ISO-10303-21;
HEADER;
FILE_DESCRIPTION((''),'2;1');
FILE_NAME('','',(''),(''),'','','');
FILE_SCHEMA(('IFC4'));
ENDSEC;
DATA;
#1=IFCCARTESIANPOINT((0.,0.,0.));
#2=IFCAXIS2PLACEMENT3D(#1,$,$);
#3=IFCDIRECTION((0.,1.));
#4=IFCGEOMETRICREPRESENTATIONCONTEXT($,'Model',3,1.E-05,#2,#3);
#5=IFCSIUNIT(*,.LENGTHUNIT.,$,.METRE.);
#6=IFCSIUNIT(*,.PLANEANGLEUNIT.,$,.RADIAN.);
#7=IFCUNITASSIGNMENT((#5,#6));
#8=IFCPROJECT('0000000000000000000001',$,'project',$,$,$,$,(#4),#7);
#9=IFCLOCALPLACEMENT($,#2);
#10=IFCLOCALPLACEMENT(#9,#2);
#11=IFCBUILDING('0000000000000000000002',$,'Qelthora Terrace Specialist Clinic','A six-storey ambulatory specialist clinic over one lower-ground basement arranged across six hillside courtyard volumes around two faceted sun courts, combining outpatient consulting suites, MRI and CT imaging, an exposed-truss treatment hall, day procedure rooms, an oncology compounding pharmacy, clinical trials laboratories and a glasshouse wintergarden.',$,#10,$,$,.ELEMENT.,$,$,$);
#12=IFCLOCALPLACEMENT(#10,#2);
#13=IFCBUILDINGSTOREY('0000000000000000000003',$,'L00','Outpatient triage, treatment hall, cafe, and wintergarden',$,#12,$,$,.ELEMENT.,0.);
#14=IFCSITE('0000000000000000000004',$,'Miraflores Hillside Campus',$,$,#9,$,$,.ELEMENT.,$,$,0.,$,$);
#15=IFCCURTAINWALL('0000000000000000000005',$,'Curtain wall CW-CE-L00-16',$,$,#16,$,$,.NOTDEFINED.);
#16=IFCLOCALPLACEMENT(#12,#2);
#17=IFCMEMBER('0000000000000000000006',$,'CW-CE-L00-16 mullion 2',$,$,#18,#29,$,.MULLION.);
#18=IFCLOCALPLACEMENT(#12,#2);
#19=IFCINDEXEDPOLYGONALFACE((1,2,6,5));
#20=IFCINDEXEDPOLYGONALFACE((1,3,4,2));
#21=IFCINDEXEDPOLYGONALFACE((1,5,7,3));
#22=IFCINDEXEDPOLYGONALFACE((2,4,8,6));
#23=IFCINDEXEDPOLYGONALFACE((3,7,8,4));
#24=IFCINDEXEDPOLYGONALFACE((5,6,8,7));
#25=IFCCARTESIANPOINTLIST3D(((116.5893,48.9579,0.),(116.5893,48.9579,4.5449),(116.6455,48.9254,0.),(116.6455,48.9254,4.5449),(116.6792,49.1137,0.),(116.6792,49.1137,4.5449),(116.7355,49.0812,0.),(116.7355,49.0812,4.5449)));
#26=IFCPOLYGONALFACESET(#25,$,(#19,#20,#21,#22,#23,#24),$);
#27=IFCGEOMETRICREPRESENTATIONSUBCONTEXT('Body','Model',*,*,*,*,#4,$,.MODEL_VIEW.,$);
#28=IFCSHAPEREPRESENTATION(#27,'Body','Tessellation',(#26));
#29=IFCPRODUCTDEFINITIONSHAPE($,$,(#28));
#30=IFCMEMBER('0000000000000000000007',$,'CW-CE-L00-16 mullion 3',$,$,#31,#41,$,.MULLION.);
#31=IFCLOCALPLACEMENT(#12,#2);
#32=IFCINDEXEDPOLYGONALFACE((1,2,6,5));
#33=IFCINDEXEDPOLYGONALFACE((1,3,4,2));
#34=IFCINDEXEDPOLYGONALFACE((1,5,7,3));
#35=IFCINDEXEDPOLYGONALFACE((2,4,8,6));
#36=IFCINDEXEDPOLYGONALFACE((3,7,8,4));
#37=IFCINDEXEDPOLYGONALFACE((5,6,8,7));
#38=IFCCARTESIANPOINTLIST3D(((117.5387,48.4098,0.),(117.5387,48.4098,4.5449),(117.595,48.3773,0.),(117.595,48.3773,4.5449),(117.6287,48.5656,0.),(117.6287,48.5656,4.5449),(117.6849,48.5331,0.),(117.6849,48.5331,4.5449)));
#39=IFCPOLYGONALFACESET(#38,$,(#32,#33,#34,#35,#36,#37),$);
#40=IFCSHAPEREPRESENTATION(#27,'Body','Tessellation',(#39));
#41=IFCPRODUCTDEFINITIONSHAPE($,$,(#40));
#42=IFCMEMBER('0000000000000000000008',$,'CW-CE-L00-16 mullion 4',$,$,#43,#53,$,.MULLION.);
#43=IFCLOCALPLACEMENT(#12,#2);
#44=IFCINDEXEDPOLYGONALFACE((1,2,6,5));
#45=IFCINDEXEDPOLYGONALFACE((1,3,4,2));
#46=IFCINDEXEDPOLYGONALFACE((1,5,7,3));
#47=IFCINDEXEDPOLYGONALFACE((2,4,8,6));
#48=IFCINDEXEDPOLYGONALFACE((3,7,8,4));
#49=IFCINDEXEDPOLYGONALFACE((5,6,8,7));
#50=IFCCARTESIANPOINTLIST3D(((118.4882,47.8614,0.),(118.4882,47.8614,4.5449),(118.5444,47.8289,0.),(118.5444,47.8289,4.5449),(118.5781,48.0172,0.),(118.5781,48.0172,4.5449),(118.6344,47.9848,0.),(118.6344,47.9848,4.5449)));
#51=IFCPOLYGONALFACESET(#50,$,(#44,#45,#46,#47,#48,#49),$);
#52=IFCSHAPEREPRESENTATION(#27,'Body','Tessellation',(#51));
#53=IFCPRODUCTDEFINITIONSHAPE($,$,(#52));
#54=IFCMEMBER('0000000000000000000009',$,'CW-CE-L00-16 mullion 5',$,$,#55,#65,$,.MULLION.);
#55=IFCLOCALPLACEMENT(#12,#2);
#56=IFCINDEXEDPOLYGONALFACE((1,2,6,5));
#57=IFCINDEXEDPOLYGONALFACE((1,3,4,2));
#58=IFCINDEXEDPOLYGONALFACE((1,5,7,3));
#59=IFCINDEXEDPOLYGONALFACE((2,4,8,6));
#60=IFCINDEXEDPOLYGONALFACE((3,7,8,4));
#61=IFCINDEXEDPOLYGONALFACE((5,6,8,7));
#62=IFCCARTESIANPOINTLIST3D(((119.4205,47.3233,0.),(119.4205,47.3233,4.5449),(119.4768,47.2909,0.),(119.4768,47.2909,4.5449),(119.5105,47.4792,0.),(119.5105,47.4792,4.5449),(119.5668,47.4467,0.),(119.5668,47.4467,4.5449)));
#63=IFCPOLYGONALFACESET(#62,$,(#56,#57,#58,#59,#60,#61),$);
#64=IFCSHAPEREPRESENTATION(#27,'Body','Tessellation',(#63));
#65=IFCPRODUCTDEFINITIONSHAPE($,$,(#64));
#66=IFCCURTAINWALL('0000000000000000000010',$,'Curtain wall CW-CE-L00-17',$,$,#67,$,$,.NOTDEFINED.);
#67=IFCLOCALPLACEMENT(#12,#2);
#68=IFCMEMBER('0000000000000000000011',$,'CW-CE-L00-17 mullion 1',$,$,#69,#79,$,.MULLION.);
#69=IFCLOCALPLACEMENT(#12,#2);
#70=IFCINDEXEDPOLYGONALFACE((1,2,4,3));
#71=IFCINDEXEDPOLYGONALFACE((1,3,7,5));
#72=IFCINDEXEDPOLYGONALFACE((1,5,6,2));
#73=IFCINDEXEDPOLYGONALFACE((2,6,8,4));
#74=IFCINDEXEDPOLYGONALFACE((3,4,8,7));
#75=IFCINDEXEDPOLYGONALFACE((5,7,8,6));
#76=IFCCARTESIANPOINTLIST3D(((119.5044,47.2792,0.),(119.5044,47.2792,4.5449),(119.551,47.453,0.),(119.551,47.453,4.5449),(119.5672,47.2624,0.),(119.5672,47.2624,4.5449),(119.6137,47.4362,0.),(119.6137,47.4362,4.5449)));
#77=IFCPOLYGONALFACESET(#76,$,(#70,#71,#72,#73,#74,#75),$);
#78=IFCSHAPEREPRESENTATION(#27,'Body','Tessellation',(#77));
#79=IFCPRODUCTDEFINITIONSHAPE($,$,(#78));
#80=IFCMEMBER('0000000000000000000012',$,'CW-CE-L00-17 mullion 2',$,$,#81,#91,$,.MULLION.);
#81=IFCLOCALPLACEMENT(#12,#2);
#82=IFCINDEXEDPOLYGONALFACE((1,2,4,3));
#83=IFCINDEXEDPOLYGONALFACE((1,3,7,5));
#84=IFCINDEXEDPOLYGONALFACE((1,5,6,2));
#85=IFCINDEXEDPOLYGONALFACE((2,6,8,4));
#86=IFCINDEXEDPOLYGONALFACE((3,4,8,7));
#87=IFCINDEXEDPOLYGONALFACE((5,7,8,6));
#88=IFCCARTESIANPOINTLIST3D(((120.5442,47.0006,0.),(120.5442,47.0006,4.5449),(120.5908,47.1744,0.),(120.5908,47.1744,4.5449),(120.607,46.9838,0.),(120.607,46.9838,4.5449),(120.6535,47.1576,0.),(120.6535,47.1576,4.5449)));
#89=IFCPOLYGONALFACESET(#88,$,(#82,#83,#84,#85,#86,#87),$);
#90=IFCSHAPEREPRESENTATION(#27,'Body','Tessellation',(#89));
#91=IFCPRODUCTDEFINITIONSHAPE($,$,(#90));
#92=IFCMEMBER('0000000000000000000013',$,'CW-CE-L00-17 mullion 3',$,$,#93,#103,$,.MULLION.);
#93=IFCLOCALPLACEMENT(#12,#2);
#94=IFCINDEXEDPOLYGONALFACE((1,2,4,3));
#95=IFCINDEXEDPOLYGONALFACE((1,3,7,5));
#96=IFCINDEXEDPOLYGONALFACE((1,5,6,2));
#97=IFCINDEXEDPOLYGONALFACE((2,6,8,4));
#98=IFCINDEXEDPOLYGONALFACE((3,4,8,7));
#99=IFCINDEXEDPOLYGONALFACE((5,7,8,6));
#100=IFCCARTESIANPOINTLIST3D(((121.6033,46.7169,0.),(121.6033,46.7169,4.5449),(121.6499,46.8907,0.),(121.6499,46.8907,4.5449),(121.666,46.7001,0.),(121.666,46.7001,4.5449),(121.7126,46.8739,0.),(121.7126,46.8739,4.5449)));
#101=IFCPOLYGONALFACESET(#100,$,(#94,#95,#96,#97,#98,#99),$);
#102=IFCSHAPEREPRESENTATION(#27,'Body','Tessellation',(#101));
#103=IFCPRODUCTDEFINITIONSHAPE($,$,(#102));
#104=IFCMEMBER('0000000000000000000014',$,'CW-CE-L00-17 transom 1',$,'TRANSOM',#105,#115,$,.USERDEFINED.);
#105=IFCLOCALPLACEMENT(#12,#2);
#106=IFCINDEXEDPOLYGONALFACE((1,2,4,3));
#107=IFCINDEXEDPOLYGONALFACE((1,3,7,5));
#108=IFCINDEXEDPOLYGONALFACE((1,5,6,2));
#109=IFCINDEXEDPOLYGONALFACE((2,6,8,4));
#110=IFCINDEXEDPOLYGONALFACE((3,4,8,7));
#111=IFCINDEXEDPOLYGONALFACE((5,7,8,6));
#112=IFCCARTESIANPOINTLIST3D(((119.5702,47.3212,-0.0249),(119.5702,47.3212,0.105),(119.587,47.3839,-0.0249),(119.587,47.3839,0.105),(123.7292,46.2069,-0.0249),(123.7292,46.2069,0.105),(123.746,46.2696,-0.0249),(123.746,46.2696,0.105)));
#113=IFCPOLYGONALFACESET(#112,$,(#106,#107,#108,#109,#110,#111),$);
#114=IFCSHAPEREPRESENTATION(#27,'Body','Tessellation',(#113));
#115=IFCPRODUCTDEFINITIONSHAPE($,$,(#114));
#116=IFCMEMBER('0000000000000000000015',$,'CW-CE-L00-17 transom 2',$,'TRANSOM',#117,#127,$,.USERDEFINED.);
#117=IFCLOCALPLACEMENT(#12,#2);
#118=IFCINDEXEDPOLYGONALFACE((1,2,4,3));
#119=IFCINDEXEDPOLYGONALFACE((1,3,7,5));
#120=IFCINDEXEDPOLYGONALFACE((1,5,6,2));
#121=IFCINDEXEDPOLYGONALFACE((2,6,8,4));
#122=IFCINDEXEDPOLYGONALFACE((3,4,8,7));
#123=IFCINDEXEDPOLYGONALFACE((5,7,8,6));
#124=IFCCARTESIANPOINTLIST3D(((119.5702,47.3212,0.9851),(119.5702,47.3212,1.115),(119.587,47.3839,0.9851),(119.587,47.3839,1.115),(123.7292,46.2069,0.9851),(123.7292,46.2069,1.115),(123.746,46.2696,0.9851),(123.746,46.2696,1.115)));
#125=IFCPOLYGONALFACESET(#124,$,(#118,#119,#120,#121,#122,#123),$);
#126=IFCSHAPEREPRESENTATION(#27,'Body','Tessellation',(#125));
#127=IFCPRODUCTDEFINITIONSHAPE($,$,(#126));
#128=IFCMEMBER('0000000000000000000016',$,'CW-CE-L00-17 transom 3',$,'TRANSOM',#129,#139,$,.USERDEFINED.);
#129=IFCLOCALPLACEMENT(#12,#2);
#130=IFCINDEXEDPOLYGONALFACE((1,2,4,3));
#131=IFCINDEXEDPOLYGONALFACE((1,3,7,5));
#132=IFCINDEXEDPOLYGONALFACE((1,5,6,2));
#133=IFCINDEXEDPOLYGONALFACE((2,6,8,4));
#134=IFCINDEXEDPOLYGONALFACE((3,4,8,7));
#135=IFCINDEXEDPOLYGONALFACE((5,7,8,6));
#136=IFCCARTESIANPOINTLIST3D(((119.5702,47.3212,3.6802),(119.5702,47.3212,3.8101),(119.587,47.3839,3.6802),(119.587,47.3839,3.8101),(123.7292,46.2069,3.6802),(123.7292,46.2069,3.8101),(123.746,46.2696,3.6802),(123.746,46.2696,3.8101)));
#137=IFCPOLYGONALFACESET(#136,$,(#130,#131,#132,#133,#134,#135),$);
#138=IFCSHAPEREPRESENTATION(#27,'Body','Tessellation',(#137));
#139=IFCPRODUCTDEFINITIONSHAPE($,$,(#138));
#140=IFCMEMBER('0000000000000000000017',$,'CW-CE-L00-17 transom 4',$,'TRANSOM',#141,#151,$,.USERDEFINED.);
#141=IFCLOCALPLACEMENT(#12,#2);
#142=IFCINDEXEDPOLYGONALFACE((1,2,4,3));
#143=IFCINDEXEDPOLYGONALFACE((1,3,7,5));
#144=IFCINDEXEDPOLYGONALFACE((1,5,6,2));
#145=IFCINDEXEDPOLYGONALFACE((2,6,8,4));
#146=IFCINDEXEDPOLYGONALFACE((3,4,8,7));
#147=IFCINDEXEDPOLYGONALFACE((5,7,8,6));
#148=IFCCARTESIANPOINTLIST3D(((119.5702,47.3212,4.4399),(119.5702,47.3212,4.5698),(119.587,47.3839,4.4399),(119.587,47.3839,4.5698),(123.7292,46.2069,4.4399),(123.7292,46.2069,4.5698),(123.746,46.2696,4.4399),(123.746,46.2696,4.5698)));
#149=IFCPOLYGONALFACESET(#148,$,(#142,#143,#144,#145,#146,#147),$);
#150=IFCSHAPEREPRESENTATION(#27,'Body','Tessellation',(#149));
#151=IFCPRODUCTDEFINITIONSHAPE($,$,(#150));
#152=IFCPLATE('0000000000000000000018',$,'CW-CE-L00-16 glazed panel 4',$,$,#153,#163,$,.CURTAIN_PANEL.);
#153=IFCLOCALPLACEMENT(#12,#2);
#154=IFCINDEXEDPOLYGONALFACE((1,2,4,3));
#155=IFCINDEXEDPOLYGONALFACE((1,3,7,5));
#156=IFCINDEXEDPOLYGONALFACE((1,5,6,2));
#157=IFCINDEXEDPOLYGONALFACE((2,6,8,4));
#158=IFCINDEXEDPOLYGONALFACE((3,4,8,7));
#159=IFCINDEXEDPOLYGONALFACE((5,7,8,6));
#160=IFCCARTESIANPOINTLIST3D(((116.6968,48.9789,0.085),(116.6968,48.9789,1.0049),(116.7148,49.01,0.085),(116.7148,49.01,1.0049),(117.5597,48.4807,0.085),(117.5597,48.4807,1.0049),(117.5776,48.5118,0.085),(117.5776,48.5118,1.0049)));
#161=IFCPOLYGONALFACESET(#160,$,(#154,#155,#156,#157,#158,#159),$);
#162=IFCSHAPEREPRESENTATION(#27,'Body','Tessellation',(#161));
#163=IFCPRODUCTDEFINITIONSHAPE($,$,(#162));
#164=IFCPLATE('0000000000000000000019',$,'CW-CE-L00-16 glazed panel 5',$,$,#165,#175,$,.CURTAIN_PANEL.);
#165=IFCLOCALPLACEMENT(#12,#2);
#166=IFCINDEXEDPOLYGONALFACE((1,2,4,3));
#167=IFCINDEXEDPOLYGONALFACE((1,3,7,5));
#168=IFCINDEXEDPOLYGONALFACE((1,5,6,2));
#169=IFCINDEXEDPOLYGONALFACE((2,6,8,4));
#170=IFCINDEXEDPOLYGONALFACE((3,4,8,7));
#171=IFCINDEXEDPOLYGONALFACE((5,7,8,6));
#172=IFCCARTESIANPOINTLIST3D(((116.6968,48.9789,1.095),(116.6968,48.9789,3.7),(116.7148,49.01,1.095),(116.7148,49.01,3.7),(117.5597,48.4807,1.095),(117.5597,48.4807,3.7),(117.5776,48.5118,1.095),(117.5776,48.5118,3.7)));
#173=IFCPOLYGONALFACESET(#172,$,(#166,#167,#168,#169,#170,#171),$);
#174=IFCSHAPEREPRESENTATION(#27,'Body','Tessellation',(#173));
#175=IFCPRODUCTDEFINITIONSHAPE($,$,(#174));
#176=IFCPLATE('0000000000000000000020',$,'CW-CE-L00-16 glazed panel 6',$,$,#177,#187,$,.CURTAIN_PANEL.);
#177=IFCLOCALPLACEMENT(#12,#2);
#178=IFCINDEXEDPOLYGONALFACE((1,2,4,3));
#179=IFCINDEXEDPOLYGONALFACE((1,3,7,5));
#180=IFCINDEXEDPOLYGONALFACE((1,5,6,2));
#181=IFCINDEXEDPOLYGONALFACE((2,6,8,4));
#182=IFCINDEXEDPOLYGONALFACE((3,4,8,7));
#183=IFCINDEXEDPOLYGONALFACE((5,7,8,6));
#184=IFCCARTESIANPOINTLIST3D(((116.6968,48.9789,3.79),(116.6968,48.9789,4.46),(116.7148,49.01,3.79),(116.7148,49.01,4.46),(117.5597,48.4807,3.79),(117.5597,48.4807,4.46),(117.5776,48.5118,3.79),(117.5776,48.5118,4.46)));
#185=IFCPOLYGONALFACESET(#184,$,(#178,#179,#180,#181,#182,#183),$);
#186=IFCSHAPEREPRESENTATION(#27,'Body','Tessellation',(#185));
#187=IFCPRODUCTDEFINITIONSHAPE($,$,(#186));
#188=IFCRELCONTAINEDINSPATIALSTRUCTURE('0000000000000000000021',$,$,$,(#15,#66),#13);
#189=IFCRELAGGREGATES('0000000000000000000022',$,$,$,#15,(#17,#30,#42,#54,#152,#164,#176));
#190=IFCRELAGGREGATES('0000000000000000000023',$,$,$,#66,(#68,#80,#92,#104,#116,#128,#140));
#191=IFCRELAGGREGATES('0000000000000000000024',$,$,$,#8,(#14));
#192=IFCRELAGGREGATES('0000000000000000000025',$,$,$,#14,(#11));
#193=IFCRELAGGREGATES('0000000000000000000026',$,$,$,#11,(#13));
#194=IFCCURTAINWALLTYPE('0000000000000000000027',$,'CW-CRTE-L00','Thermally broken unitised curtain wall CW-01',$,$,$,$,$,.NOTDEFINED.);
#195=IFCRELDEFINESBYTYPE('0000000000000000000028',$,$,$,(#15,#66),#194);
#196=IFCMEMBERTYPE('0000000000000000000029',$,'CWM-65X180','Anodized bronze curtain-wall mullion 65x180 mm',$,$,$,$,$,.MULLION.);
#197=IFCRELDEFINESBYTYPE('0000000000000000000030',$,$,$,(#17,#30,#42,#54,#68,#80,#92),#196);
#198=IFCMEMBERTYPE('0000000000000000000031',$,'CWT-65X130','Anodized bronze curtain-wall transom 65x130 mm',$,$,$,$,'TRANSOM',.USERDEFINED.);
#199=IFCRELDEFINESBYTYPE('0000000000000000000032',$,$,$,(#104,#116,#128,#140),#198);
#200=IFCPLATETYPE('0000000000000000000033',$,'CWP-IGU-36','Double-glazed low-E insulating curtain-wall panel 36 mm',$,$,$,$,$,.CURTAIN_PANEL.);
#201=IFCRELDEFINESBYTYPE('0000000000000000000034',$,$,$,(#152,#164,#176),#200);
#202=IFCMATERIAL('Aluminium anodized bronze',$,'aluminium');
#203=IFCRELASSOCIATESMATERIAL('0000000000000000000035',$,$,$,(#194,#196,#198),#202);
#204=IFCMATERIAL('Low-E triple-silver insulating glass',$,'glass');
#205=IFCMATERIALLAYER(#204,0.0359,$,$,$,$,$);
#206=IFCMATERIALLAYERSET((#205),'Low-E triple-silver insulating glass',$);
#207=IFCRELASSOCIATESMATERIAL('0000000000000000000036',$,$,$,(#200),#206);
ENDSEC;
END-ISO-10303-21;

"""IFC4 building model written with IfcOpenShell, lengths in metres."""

from ifc_helpers import new_model, si_unit, direction, frame, origin, origin_2d, place, context, subcontext, project, spatial, rectangle, extrude, material, layer, layer_set, material_profile, profile_set, type_object, element, aggregate, save


model = new_model("IFC4")

# Units and contexts
model_context = context("Model", 3, precision=1e-05, world=origin(), true_north=direction((0.0, 1.0)))
body_context = subcontext(model_context, "Body", "Model", "MODEL_VIEW")
ifc_project = project(units=[si_unit("LENGTHUNIT", "METRE"), si_unit("PLANEANGLEUNIT", "RADIAN")], contexts=[model_context])

# Site, building, storey
site_placement = place(None, origin())
site = spatial("IfcSite", under=ifc_project, at=site_placement, Name="Miraflores Hillside Campus", CompositionType="ELEMENT", RefElevation=0.0)
building_placement = place(site_placement, origin())
building = spatial("IfcBuilding", under=site, at=building_placement, Name="Qelthora Terrace Specialist Clinic", Description="A six-storey ambulatory specialist clinic over one lower-ground basement arranged across six hillside courtyard volumes around two faceted sun courts, combining outpatient consulting suites, MRI and CT imaging, an exposed-truss treatment hall, day procedure rooms, an oncology compounding pharmacy, clinical trials laboratories and a glasshouse wintergarden.", CompositionType="ELEMENT")
storey_placement = place(building_placement, origin())
storey = spatial("IfcBuildingStorey", under=building, at=storey_placement, Name="L00", Description="Outpatient triage, treatment hall, cafe, and wintergarden", CompositionType="ELEMENT", Elevation=0.0)

# Curtain walls, members
ifc_material_1 = material(Name="Aluminium anodized bronze", Category="aluminium")
curtain_wall_type = type_object("IfcCurtainWallType", Name="CW-CRTE-L00", Description="Thermally broken unitised curtain wall CW-01", PredefinedType="NOTDEFINED", material=ifc_material_1)
curtain_wall_1_placement = place(storey_placement, origin())
curtain_wall_1 = element("IfcCurtainWall", 1, at=curtain_wall_1_placement, inside=storey, type_object=curtain_wall_type, Name="Curtain wall CW-CE-L00-16", PredefinedType="NOTDEFINED")
ifc_material_profile_1 = material_profile(ifc_material_1, rectangle(XDim=0.0649, YDim=0.1799, at=origin_2d()), Name="CWM65X180")
ifc_profile_set_1 = profile_set([ifc_material_profile_1], Name="Aluminium anodized bronze")
member_type_1 = type_object("IfcMemberType", Name="CWM-65X180", Description="Anodized bronze curtain-wall mullion 65x180 mm", PredefinedType="MULLION", material=ifc_profile_set_1)
member_1_placement = place(storey_placement, frame((116.6624, 49.0195, 0.0), z_axis=(0.0, 0.0, 1.0), x_axis=(0.866025, -0.5, 0.0)))
member_1 = element("IfcMember", 2, at=member_1_placement, type_object=member_type_1, Name="CW-CE-L00-16 mullion 2", PredefinedType="MULLION", context=body_context, shape_type="SweptSolid", body=[
    extrude(rectangle(XDim=0.0649, YDim=0.1799, at=origin_2d()), origin(), (0.0, 0.0, 1.0), 4.5449),
])
member_2_placement = place(storey_placement, frame((117.6118, 48.4714, 0.0), z_axis=(0.0, 0.0, 1.0), x_axis=(0.866025, -0.5, 0.0)))
member_2 = element("IfcMember", 3, at=member_2_placement, type_object=member_type_1, Name="CW-CE-L00-16 mullion 3", PredefinedType="MULLION", context=body_context, shape_type="SweptSolid", body=[
    extrude(rectangle(XDim=0.0649, YDim=0.1799, at=origin_2d()), origin(), (0.0, 0.0, 1.0), 4.5449),
])
member_3_placement = place(storey_placement, frame((118.5613, 47.9231, 0.0), z_axis=(0.0, 0.0, 1.0), x_axis=(0.866025, -0.5, 0.0)))
member_3 = element("IfcMember", 4, at=member_3_placement, type_object=member_type_1, Name="CW-CE-L00-16 mullion 4", PredefinedType="MULLION", context=body_context, shape_type="SweptSolid", body=[
    extrude(rectangle(XDim=0.0649, YDim=0.1799, at=origin_2d()), origin(), (0.0, 0.0, 1.0), 4.5449),
])
member_4_placement = place(storey_placement, frame((119.4937, 47.385, 0.0), z_axis=(0.0, 0.0, 1.0), x_axis=(0.866025, -0.5, 0.0)))
member_4 = element("IfcMember", 5, at=member_4_placement, type_object=member_type_1, Name="CW-CE-L00-16 mullion 5", PredefinedType="MULLION", context=body_context, shape_type="SweptSolid", body=[
    extrude(rectangle(XDim=0.0649, YDim=0.1799, at=origin_2d()), origin(), (0.0, 0.0, 1.0), 4.5449),
])
curtain_wall_2_placement = place(storey_placement, origin())
curtain_wall_2 = element("IfcCurtainWall", 6, at=curtain_wall_2_placement, inside=storey, type_object=curtain_wall_type, Name="Curtain wall CW-CE-L00-17", PredefinedType="NOTDEFINED")
member_5_placement = place(storey_placement, frame((119.5591, 47.3577, 0.0), z_axis=(0.0, 0.0, 1.0), x_axis=(0.965926, -0.25882, 0.0)))
member_5 = element("IfcMember", 7, at=member_5_placement, type_object=member_type_1, Name="CW-CE-L00-17 mullion 1", PredefinedType="MULLION", context=body_context, shape_type="SweptSolid", body=[
    extrude(rectangle(XDim=0.0649, YDim=0.1799, at=origin_2d()), origin(), (0.0, 0.0, 1.0), 4.5449),
])
member_6_placement = place(storey_placement, frame((120.5989, 47.0791, 0.0), z_axis=(0.0, 0.0, 1.0), x_axis=(0.965926, -0.25882, 0.0)))
member_6 = element("IfcMember", 8, at=member_6_placement, type_object=member_type_1, Name="CW-CE-L00-17 mullion 2", PredefinedType="MULLION", context=body_context, shape_type="SweptSolid", body=[
    extrude(rectangle(XDim=0.0649, YDim=0.1799, at=origin_2d()), origin(), (0.0, 0.0, 1.0), 4.5449),
])
member_7_placement = place(storey_placement, frame((121.658, 46.7954, 0.0), z_axis=(0.0, 0.0, 1.0), x_axis=(0.965926, -0.25882, 0.0)))
member_7 = element("IfcMember", 9, at=member_7_placement, type_object=member_type_1, Name="CW-CE-L00-17 mullion 3", PredefinedType="MULLION", context=body_context, shape_type="SweptSolid", body=[
    extrude(rectangle(XDim=0.0649, YDim=0.1799, at=origin_2d()), origin(), (0.0, 0.0, 1.0), 4.5449),
])
ifc_material_profile_2 = material_profile(ifc_material_1, rectangle(XDim=0.0649, YDim=0.1299, at=origin_2d()), Name="CWT65X130")
ifc_profile_set_2 = profile_set([ifc_material_profile_2], Name="Aluminium anodized bronze")
member_type_2 = type_object("IfcMemberType", Name="CWT-65X130", Description="Anodized bronze curtain-wall transom 65x130 mm", ElementType="TRANSOM", PredefinedType="USERDEFINED", material=ifc_profile_set_2)
member_8_placement = place(storey_placement, frame((119.5786, 47.3525, 0.04), z_axis=(0.965933, -0.258792, 0.0), x_axis=(0.258792, 0.965933, 0.0)))
member_8 = element("IfcMember", 10, at=member_8_placement, type_object=member_type_2, Name="CW-CE-L00-17 transom 1", ObjectType="TRANSOM", PredefinedType="USERDEFINED", context=body_context, shape_type="SweptSolid", body=[
    extrude(rectangle(XDim=0.0649, YDim=0.1299, at=origin_2d()), origin(), (0.0, 0.0, 1.0), 4.3057),
])
member_9_placement = place(storey_placement, frame((119.5786, 47.3525, 1.05), z_axis=(0.965933, -0.258792, 0.0), x_axis=(0.258792, 0.965933, 0.0)))
member_9 = element("IfcMember", 11, at=member_9_placement, type_object=member_type_2, Name="CW-CE-L00-17 transom 2", ObjectType="TRANSOM", PredefinedType="USERDEFINED", context=body_context, shape_type="SweptSolid", body=[
    extrude(rectangle(XDim=0.0649, YDim=0.1299, at=origin_2d()), origin(), (0.0, 0.0, 1.0), 4.3057),
])
member_10_placement = place(storey_placement, frame((119.5786, 47.3525, 3.7451), z_axis=(0.965933, -0.258792, 0.0), x_axis=(0.258792, 0.965933, 0.0)))
member_10 = element("IfcMember", 12, at=member_10_placement, type_object=member_type_2, Name="CW-CE-L00-17 transom 3", ObjectType="TRANSOM", PredefinedType="USERDEFINED", context=body_context, shape_type="SweptSolid", body=[
    extrude(rectangle(XDim=0.0649, YDim=0.1299, at=origin_2d()), origin(), (0.0, 0.0, 1.0), 4.3057),
])
member_11_placement = place(storey_placement, frame((119.5786, 47.3525, 4.5049), z_axis=(0.965933, -0.258792, 0.0), x_axis=(0.258792, 0.965933, 0.0)))
member_11 = element("IfcMember", 13, at=member_11_placement, type_object=member_type_2, Name="CW-CE-L00-17 transom 4", ObjectType="TRANSOM", PredefinedType="USERDEFINED", context=body_context, shape_type="SweptSolid", body=[
    extrude(rectangle(XDim=0.0649, YDim=0.1299, at=origin_2d()), origin(), (0.0, 0.0, 1.0), 4.3057),
])

# Plates
ifc_material_2 = material(Name="Low-E triple-silver insulating glass", Category="glass")
ifc_layer = layer(ifc_material_2, 0.0359)
ifc_layer_set = layer_set([ifc_layer], Name="Low-E triple-silver insulating glass")
plate_type = type_object("IfcPlateType", Name="CWP-IGU-36", Description="Double-glazed low-E insulating curtain-wall panel 36 mm", PredefinedType="CURTAIN_PANEL", material=ifc_layer_set)
plate_1_placement = place(storey_placement, frame((117.1372, 48.7454, 0.085), z_axis=(0.0, 0.0, 1.0), x_axis=(0.866025, -0.5, 0.0)))
plate_1 = element("IfcPlate", 14, at=plate_1_placement, type_object=plate_type, Name="CW-CE-L00-16 glazed panel 4", PredefinedType="CURTAIN_PANEL", context=body_context, shape_type="SweptSolid", body=[
    extrude(rectangle(XDim=0.9963, YDim=0.0359, at=origin_2d()), origin(), (0.0, 0.0, 1.0), 0.9199),
])
plate_2_placement = place(storey_placement, frame((117.1372, 48.7454, 1.095), z_axis=(0.0, 0.0, 1.0), x_axis=(0.866025, -0.5, 0.0)))
plate_2 = element("IfcPlate", 15, at=plate_2_placement, type_object=plate_type, Name="CW-CE-L00-16 glazed panel 5", PredefinedType="CURTAIN_PANEL", context=body_context, shape_type="SweptSolid", body=[
    extrude(rectangle(XDim=0.9963, YDim=0.0359, at=origin_2d()), origin(), (0.0, 0.0, 1.0), 2.605),
])
plate_3_placement = place(storey_placement, frame((117.1372, 48.7454, 3.79), z_axis=(0.0, 0.0, 1.0), x_axis=(0.866025, -0.5, 0.0)))
plate_3 = element("IfcPlate", 16, at=plate_3_placement, type_object=plate_type, Name="CW-CE-L00-16 glazed panel 6", PredefinedType="CURTAIN_PANEL", context=body_context, shape_type="SweptSolid", body=[
    extrude(rectangle(XDim=0.9963, YDim=0.0359, at=origin_2d()), origin(), (0.0, 0.0, 1.0), 0.6699),
])
aggregate(curtain_wall_1, [member_1, member_2, member_3, member_4, plate_1, plate_2, plate_3])
aggregate(curtain_wall_2, [member_5, member_6, member_7, member_8, member_9, member_10, member_11])

save(model, "model.ifc")
